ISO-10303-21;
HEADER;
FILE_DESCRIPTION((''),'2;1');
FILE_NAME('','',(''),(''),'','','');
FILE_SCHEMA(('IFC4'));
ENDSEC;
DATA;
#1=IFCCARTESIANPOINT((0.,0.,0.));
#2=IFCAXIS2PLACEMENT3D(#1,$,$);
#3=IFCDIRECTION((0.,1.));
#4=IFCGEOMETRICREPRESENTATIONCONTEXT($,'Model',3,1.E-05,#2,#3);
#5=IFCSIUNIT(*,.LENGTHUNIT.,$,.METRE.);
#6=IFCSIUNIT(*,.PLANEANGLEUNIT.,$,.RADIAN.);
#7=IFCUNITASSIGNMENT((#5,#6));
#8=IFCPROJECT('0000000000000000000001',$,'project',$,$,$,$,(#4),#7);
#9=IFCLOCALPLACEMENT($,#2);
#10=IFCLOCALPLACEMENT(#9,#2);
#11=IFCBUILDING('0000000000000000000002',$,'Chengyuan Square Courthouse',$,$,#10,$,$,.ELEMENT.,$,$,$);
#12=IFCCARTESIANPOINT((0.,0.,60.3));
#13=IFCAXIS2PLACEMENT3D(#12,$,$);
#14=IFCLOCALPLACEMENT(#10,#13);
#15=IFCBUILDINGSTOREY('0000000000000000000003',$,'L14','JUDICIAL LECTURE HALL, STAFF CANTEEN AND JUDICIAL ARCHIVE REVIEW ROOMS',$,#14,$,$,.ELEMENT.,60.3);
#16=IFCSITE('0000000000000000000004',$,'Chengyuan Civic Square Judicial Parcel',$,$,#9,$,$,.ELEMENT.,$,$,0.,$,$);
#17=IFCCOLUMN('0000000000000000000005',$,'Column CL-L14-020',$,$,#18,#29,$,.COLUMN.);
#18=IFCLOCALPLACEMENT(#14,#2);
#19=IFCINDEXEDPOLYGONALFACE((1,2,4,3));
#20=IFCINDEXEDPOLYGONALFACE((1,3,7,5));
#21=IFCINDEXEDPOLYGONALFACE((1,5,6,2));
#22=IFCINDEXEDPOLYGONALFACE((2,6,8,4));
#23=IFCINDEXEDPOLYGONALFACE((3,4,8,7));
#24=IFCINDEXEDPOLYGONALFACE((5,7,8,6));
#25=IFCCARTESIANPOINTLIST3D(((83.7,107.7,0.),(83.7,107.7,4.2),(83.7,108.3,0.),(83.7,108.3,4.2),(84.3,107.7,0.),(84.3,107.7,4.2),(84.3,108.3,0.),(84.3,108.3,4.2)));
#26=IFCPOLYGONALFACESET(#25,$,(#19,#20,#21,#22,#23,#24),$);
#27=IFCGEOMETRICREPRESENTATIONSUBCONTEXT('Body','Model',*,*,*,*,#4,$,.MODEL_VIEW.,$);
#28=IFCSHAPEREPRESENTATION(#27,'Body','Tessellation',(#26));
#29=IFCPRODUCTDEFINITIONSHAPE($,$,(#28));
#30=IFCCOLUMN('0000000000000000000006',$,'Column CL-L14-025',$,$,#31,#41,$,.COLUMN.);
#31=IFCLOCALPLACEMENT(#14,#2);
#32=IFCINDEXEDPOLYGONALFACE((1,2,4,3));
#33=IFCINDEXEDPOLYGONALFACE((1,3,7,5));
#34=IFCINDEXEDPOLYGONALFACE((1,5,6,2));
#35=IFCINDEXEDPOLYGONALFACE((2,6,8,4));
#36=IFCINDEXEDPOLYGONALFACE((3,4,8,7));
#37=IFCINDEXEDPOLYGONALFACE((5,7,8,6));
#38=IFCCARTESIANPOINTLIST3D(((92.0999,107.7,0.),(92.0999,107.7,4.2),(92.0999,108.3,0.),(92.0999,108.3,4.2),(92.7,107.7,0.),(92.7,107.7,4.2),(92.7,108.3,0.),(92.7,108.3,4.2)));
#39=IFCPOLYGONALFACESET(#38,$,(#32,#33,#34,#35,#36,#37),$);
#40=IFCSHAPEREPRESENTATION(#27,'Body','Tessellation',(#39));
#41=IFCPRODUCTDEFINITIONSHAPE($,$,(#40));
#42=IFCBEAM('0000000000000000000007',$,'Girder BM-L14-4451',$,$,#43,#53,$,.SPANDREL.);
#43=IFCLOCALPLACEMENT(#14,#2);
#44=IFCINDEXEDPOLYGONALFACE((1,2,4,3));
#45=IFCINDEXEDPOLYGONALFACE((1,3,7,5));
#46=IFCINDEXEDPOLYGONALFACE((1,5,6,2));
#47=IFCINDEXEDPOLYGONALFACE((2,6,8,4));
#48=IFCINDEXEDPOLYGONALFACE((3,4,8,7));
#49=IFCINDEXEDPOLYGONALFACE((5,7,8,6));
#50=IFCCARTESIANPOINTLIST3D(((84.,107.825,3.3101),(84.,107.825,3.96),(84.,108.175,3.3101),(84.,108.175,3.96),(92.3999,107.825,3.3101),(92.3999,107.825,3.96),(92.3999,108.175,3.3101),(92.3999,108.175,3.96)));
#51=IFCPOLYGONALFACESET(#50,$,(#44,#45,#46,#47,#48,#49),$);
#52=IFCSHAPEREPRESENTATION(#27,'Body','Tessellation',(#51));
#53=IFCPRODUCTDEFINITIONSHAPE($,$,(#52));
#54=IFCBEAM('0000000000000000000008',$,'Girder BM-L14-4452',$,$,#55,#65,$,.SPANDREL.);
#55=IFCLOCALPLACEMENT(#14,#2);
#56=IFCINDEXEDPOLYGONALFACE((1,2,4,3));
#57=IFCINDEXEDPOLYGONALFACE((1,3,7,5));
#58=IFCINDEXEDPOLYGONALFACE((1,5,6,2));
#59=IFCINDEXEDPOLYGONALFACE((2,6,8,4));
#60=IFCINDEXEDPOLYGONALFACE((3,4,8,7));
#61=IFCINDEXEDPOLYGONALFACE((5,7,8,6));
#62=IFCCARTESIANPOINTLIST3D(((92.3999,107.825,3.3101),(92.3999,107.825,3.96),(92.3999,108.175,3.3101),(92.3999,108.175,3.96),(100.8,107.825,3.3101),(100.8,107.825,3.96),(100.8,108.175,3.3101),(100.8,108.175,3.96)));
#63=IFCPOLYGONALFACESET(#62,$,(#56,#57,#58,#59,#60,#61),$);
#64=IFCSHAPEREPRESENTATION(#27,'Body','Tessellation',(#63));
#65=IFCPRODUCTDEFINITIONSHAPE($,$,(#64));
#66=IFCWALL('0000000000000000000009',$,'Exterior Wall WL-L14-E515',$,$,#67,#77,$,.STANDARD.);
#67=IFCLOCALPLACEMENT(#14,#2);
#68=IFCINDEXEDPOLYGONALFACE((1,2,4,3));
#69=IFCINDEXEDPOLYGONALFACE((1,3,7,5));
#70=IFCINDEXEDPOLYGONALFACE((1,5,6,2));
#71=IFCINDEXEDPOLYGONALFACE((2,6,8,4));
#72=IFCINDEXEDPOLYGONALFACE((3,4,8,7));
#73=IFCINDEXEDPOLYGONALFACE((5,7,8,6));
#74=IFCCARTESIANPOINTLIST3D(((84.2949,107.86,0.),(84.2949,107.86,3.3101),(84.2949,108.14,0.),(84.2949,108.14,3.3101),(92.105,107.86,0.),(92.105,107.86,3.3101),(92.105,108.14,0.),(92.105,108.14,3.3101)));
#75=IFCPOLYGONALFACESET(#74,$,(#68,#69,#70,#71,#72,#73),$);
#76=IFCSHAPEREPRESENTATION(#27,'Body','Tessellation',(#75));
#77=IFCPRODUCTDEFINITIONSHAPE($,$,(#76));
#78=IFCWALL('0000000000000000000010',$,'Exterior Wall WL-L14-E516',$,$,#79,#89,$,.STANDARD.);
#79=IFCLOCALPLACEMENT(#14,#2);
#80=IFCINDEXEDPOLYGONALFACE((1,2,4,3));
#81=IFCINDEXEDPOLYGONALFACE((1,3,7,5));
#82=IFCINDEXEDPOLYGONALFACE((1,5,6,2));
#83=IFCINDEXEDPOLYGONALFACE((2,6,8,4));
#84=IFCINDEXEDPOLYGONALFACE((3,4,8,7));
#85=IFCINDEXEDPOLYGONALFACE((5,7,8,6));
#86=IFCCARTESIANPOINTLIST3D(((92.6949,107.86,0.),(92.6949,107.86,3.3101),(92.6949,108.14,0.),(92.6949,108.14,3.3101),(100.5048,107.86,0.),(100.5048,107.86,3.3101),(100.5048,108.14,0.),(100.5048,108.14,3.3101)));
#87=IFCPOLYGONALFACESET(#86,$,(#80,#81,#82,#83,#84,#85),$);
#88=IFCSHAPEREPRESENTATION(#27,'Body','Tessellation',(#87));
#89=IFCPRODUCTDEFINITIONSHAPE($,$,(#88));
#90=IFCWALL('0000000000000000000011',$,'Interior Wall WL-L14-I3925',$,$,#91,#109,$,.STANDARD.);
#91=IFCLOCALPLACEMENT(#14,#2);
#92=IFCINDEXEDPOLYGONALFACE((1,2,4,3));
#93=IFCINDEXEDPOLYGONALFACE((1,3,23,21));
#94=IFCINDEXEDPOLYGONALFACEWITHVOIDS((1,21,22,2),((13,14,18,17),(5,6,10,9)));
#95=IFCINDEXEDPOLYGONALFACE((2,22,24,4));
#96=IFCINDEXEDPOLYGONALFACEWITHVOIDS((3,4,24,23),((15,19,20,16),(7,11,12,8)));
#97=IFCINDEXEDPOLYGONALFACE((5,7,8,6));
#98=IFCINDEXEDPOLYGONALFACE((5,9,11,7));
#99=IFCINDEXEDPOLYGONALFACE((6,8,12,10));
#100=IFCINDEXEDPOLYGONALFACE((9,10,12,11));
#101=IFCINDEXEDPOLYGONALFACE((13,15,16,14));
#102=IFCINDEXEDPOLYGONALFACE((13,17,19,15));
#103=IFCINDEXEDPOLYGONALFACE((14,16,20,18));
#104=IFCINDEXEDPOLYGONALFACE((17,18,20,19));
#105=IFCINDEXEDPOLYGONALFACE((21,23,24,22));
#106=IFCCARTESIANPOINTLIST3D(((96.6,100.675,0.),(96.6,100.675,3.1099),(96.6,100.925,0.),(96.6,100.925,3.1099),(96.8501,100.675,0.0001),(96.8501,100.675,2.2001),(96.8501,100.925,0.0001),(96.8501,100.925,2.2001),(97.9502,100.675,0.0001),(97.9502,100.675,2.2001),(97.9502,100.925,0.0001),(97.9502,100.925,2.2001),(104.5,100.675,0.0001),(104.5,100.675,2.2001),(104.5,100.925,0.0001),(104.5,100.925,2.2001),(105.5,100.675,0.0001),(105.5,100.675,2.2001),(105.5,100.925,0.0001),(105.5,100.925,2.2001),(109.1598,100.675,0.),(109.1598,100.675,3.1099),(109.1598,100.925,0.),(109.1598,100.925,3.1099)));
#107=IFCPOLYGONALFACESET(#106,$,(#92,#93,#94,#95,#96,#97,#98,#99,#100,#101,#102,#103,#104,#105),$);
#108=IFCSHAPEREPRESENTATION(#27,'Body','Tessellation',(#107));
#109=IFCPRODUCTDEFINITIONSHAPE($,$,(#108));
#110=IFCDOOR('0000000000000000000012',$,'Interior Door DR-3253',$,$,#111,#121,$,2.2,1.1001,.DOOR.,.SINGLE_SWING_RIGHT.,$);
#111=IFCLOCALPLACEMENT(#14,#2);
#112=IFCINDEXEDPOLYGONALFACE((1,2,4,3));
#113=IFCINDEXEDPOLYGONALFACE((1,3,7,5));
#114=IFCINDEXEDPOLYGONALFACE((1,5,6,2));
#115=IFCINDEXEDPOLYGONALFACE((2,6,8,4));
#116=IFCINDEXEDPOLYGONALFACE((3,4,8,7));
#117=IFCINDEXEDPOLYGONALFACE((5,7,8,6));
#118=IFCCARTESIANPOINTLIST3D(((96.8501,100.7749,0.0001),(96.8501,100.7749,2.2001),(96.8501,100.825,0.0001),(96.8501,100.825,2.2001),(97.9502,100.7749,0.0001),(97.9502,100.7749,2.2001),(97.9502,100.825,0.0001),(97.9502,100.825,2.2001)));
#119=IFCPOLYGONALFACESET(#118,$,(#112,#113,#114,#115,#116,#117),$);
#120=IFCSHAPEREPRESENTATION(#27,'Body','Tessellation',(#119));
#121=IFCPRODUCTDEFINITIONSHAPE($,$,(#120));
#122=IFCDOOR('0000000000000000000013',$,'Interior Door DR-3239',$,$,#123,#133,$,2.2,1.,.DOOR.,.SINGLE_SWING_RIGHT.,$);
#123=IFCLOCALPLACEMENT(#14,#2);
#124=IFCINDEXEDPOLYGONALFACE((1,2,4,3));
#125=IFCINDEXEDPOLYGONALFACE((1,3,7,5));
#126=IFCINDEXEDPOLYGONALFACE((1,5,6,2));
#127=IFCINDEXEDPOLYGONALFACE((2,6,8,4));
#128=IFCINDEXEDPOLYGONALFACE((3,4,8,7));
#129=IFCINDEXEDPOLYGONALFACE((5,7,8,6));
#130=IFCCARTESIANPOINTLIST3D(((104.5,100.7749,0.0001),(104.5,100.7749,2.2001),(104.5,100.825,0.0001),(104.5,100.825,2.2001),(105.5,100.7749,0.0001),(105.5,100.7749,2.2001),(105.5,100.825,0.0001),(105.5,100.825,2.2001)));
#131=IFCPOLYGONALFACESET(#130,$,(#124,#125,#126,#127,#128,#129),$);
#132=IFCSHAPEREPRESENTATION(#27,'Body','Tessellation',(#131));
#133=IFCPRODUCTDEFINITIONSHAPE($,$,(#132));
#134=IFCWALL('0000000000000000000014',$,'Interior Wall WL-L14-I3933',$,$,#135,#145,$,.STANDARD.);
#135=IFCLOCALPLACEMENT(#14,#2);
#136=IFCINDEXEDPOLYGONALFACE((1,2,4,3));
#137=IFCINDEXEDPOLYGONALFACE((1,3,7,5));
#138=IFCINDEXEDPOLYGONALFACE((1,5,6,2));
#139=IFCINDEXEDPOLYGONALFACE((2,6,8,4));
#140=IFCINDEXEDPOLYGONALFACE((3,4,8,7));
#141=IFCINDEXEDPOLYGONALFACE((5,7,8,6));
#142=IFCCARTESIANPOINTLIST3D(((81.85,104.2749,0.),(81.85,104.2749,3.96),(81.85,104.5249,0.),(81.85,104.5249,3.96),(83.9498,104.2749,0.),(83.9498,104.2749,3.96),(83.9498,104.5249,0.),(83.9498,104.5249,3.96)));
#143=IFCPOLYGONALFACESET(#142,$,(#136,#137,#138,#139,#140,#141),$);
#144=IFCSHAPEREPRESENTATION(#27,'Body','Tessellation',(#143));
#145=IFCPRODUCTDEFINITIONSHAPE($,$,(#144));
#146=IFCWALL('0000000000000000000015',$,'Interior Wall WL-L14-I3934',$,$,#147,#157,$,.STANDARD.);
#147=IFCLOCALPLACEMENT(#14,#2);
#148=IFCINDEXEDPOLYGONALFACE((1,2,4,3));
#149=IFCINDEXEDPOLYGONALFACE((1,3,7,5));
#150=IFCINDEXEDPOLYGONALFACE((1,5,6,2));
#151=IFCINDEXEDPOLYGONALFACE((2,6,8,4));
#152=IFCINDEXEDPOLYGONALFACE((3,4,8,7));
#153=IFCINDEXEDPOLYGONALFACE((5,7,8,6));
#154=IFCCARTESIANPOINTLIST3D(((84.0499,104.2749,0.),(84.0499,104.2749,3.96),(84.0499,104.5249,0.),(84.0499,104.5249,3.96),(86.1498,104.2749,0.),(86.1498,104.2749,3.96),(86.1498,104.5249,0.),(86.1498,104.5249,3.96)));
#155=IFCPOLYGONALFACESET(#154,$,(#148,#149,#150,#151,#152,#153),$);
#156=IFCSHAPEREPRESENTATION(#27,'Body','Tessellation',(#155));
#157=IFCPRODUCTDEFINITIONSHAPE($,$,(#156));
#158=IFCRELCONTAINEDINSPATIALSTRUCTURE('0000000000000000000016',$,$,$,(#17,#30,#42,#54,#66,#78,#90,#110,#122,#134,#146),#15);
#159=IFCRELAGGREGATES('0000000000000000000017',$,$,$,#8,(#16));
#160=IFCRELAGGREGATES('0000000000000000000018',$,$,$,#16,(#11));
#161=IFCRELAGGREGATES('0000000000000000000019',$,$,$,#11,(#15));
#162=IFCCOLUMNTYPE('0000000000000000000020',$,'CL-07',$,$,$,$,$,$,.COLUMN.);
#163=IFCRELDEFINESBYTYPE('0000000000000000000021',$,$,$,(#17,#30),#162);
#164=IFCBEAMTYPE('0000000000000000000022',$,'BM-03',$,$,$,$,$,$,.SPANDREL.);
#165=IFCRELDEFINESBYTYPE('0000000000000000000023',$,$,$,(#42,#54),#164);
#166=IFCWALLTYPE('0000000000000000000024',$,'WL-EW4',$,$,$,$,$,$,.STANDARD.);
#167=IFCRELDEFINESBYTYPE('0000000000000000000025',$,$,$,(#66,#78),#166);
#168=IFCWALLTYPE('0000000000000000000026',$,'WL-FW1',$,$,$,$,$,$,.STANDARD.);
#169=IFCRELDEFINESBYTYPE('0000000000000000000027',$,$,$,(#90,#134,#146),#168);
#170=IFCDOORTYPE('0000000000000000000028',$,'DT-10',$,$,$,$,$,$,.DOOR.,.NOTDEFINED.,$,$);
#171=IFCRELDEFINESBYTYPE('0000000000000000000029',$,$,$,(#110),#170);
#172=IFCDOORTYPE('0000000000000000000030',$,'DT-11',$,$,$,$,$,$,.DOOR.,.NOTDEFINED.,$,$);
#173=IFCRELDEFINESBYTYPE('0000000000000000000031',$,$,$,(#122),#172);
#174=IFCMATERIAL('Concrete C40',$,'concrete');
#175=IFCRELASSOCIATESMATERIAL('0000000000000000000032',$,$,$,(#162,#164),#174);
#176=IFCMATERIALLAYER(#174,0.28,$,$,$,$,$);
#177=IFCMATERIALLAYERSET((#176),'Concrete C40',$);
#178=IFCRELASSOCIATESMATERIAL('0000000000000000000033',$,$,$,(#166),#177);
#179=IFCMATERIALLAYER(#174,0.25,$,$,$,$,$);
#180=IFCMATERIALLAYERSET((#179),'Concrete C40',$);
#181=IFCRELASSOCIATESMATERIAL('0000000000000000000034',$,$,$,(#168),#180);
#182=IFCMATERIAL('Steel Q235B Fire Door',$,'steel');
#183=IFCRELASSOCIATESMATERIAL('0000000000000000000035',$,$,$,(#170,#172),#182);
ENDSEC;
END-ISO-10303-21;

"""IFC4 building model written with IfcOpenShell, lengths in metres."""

from ifc_helpers import new_model, si_unit, direction, frame, frame_2d, origin, origin_2d, place, context, subcontext, project, spatial, rectangle, extrude, material, layer, layer_set, material_profile, profile_set, type_object, element, fill, save


model = new_model("IFC4")

# Units and contexts
model_context = context("Model", 3, precision=1e-05, world=origin(), true_north=direction((0.0, 1.0)))
body_context = subcontext(model_context, "Body", "Model", "MODEL_VIEW")
ifc_project = project(units=[si_unit("LENGTHUNIT", "METRE"), si_unit("PLANEANGLEUNIT", "RADIAN")], contexts=[model_context])

# Site, building, storey
site_placement = place(None, origin())
site = spatial("IfcSite", under=ifc_project, at=site_placement, Name="Chengyuan Civic Square Judicial Parcel", CompositionType="ELEMENT", RefElevation=0.0)
building_placement = place(site_placement, origin())
building = spatial("IfcBuilding", under=site, at=building_placement, Name="Chengyuan Square Courthouse", CompositionType="ELEMENT")
storey_placement = place(building_placement, frame((0.0, 0.0, 60.3)))
storey = spatial("IfcBuildingStorey", under=building, at=storey_placement, Name="L14", Description="JUDICIAL LECTURE HALL, STAFF CANTEEN AND JUDICIAL ARCHIVE REVIEW ROOMS", CompositionType="ELEMENT", Elevation=60.3)

# Columns
ifc_material_1 = material(Name="Concrete C40", Category="concrete")
ifc_material_profile_1 = material_profile(ifc_material_1, rectangle(XDim=0.6001, YDim=0.6001, at=origin_2d()), Name="RC-COL-600x600")
ifc_profile_set_1 = profile_set([ifc_material_profile_1], Name="Concrete C40")
column_type = type_object("IfcColumnType", Name="CL-07", PredefinedType="COLUMN", material=ifc_profile_set_1)
for number, where, z_axis, x_axis, name in (
    (1, (84.0, 108.0, 0.0), (0.0, 0.0, 1.0), (1.0, 0.0, 0.0), "Column CL-L14-020"),
    (2, (92.3999, 108.0, 0.0), (0.0, 0.0, 1.0), (1.0, 0.0, 0.0), "Column CL-L14-025"),
):
    element("IfcColumn", number, at=place(storey_placement, frame(where, z_axis=z_axis, x_axis=x_axis)), inside=storey, type_object=column_type, Name=name, PredefinedType="COLUMN", context=body_context, shape_type="SweptSolid", body=[
        extrude(rectangle(XDim=0.6001, YDim=0.6001, at=origin_2d()), origin(), (0.0, 0.0, 1.0), 4.2),
    ])

# Beams
ifc_material_profile_2 = material_profile(ifc_material_1, rectangle(XDim=0.3501, YDim=0.6499, at=origin_2d()), Name="RC-BM-350x650")
ifc_profile_set_2 = profile_set([ifc_material_profile_2], Name="Concrete C40")
beam_type = type_object("IfcBeamType", Name="BM-03", PredefinedType="SPANDREL", material=ifc_profile_set_2)
beam_1_placement = place(storey_placement, frame((84.0, 108.0, 3.635), z_axis=(1.0, 0.0, 0.0), x_axis=(0.0, 1.0, 0.0)))
element("IfcBeam", 3, at=beam_1_placement, inside=storey, type_object=beam_type, Name="Girder BM-L14-4451", PredefinedType="SPANDREL", context=body_context, shape_type="SweptSolid", body=[
    extrude(rectangle(XDim=0.3501, YDim=0.6499, at=origin_2d()), origin(), (0.0, 0.0, 1.0), 8.3999),
])
beam_2_placement = place(storey_placement, frame((92.3999, 108.0, 3.635), z_axis=(1.0, 0.0, 0.0), x_axis=(0.0, 1.0, 0.0)))
element("IfcBeam", 4, at=beam_2_placement, inside=storey, type_object=beam_type, Name="Girder BM-L14-4452", PredefinedType="SPANDREL", context=body_context, shape_type="SweptSolid", body=[
    extrude(rectangle(XDim=0.3501, YDim=0.6499, at=origin_2d()), origin(), (0.0, 0.0, 1.0), 8.4001),
])

# Walls
ifc_layer_1 = layer(ifc_material_1, 0.28)
ifc_layer_set_1 = layer_set([ifc_layer_1], Name="Concrete C40")
wall_type_1 = type_object("IfcWallType", Name="WL-EW4", PredefinedType="STANDARD", material=ifc_layer_set_1)
wall_1_placement = place(storey_placement, frame((84.2949, 108.0, 0.0), z_axis=(0.0, 0.0, 1.0), x_axis=(1.0, 0.0, 0.0)))
element("IfcWall", 5, at=wall_1_placement, inside=storey, type_object=wall_type_1, Name="Exterior Wall WL-L14-E515", PredefinedType="STANDARD", context=body_context, shape_type="SweptSolid", body=[
    extrude(rectangle(XDim=7.8101, YDim=0.28, at=frame_2d((3.905, 0.0))), origin(), (0.0, 0.0, 1.0), 3.3101),
])
wall_2_placement = place(storey_placement, frame((92.6951, 108.0, 0.0), z_axis=(0.0, 0.0, 1.0), x_axis=(1.0, 0.0, 0.0)))
element("IfcWall", 6, at=wall_2_placement, inside=storey, type_object=wall_type_1, Name="Exterior Wall WL-L14-E516", PredefinedType="STANDARD", context=body_context, shape_type="SweptSolid", body=[
    extrude(rectangle(XDim=7.8098, YDim=0.28, at=frame_2d((3.9048, 0.0))), origin(), (0.0, 0.0, 1.0), 3.3101),
])

# Wall, openings, doors
ifc_layer_2 = layer(ifc_material_1, 0.25)
ifc_layer_set_2 = layer_set([ifc_layer_2], Name="Concrete C40")
wall_type_2 = type_object("IfcWallType", Name="WL-FW1", PredefinedType="STANDARD", material=ifc_layer_set_2)
wall_3_placement = place(storey_placement, frame((96.6001, 100.8, 0.0), z_axis=(0.0, 0.0, 1.0), x_axis=(1.0, 0.0, 0.0)))
wall_3 = element("IfcWall", 7, at=wall_3_placement, inside=storey, type_object=wall_type_2, Name="Interior Wall WL-L14-I3925", PredefinedType="STANDARD", context=body_context, shape_type="SweptSolid", body=[
    extrude(rectangle(XDim=12.5598, YDim=0.25, at=frame_2d((6.2798, 0.0))), origin(), (0.0, 0.0, 1.0), 3.1099),
])
opening_1_placement = place(wall_3_placement, frame((7.8999, 0.0, 0.0)))
opening_1 = element("IfcOpeningElement", 8, at=opening_1_placement, cuts=wall_3, PredefinedType="OPENING", context=body_context, shape_type="SweptSolid", body=[
    extrude(rectangle(XDim=1.0, YDim=2.2, at=frame_2d((0.5, 1.1001))), frame((0.0, 0.137, 0.0), z_axis=(0.0, -1.0, 0.0), x_axis=(1.0, 0.0, 0.0)), (0.0, 0.0, 1.0), 0.2739),
])
opening_2_placement = place(wall_3_placement, frame((0.25, 0.0, 0.0)))
opening_2 = element("IfcOpeningElement", 9, at=opening_2_placement, cuts=wall_3, PredefinedType="OPENING", context=body_context, shape_type="SweptSolid", body=[
    extrude(rectangle(XDim=1.1001, YDim=2.2, at=frame_2d((0.55, 1.1001))), frame((0.0, 0.137, 0.0), z_axis=(0.0, -1.0, 0.0), x_axis=(1.0, 0.0, 0.0)), (0.0, 0.0, 1.0), 0.2739),
])
ifc_material_2 = material(Name="Steel Q235B Fire Door", Category="steel")
door_type_1 = type_object("IfcDoorType", Name="DT-10", OperationType="NOTDEFINED", PredefinedType="DOOR", material=ifc_material_2)
door_1_placement = place(opening_2_placement, origin())
door_1 = element("IfcDoor", 10, at=door_1_placement, inside=storey, type_object=door_type_1, Name="Interior Door DR-3253", OperationType="SINGLE_SWING_RIGHT", OverallHeight=2.2, OverallWidth=1.1001, PredefinedType="DOOR", context=body_context, shape_type="SweptSolid", body=[
    extrude(rectangle(XDim=1.1001, YDim=2.2, at=frame_2d((0.55, 1.1001))), frame((0.0, 0.0249, 0.0), z_axis=(0.0, -1.0, 0.0), x_axis=(1.0, 0.0, 0.0)), (0.0, 0.0, 1.0), 0.05),
])
fill(opening_2, door_1)
door_type_2 = type_object("IfcDoorType", Name="DT-11", OperationType="NOTDEFINED", PredefinedType="DOOR", material=ifc_material_2)
door_2_placement = place(opening_1_placement, origin())
door_2 = element("IfcDoor", 11, at=door_2_placement, inside=storey, type_object=door_type_2, Name="Interior Door DR-3239", OperationType="SINGLE_SWING_RIGHT", OverallHeight=2.2, OverallWidth=1.0, PredefinedType="DOOR", context=body_context, shape_type="SweptSolid", body=[
    extrude(rectangle(XDim=1.0, YDim=2.2, at=frame_2d((0.5, 1.1001))), frame((0.0, 0.0249, 0.0), z_axis=(0.0, -1.0, 0.0), x_axis=(1.0, 0.0, 0.0)), (0.0, 0.0, 1.0), 0.05),
])
fill(opening_1, door_2)

# Walls
for number, where, z_axis, x_axis, name in (
    (12, (81.8501, 104.3999, 0.0), (0.0, 0.0, 1.0), (1.0, 0.0, 0.0), "Interior Wall WL-L14-I3933"),
    (13, (84.05, 104.3999, 0.0), (0.0, 0.0, 1.0), (1.0, 0.0, 0.0), "Interior Wall WL-L14-I3934"),
):
    element("IfcWall", number, at=place(storey_placement, frame(where, z_axis=z_axis, x_axis=x_axis)), inside=storey, type_object=wall_type_2, Name=name, PredefinedType="STANDARD", context=body_context, shape_type="SweptSolid", body=[
        extrude(rectangle(XDim=2.0999, YDim=0.25, at=frame_2d((1.0498, 0.0))), origin(), (0.0, 0.0, 1.0), 3.96),
    ])

save(model, "model.ifc")
